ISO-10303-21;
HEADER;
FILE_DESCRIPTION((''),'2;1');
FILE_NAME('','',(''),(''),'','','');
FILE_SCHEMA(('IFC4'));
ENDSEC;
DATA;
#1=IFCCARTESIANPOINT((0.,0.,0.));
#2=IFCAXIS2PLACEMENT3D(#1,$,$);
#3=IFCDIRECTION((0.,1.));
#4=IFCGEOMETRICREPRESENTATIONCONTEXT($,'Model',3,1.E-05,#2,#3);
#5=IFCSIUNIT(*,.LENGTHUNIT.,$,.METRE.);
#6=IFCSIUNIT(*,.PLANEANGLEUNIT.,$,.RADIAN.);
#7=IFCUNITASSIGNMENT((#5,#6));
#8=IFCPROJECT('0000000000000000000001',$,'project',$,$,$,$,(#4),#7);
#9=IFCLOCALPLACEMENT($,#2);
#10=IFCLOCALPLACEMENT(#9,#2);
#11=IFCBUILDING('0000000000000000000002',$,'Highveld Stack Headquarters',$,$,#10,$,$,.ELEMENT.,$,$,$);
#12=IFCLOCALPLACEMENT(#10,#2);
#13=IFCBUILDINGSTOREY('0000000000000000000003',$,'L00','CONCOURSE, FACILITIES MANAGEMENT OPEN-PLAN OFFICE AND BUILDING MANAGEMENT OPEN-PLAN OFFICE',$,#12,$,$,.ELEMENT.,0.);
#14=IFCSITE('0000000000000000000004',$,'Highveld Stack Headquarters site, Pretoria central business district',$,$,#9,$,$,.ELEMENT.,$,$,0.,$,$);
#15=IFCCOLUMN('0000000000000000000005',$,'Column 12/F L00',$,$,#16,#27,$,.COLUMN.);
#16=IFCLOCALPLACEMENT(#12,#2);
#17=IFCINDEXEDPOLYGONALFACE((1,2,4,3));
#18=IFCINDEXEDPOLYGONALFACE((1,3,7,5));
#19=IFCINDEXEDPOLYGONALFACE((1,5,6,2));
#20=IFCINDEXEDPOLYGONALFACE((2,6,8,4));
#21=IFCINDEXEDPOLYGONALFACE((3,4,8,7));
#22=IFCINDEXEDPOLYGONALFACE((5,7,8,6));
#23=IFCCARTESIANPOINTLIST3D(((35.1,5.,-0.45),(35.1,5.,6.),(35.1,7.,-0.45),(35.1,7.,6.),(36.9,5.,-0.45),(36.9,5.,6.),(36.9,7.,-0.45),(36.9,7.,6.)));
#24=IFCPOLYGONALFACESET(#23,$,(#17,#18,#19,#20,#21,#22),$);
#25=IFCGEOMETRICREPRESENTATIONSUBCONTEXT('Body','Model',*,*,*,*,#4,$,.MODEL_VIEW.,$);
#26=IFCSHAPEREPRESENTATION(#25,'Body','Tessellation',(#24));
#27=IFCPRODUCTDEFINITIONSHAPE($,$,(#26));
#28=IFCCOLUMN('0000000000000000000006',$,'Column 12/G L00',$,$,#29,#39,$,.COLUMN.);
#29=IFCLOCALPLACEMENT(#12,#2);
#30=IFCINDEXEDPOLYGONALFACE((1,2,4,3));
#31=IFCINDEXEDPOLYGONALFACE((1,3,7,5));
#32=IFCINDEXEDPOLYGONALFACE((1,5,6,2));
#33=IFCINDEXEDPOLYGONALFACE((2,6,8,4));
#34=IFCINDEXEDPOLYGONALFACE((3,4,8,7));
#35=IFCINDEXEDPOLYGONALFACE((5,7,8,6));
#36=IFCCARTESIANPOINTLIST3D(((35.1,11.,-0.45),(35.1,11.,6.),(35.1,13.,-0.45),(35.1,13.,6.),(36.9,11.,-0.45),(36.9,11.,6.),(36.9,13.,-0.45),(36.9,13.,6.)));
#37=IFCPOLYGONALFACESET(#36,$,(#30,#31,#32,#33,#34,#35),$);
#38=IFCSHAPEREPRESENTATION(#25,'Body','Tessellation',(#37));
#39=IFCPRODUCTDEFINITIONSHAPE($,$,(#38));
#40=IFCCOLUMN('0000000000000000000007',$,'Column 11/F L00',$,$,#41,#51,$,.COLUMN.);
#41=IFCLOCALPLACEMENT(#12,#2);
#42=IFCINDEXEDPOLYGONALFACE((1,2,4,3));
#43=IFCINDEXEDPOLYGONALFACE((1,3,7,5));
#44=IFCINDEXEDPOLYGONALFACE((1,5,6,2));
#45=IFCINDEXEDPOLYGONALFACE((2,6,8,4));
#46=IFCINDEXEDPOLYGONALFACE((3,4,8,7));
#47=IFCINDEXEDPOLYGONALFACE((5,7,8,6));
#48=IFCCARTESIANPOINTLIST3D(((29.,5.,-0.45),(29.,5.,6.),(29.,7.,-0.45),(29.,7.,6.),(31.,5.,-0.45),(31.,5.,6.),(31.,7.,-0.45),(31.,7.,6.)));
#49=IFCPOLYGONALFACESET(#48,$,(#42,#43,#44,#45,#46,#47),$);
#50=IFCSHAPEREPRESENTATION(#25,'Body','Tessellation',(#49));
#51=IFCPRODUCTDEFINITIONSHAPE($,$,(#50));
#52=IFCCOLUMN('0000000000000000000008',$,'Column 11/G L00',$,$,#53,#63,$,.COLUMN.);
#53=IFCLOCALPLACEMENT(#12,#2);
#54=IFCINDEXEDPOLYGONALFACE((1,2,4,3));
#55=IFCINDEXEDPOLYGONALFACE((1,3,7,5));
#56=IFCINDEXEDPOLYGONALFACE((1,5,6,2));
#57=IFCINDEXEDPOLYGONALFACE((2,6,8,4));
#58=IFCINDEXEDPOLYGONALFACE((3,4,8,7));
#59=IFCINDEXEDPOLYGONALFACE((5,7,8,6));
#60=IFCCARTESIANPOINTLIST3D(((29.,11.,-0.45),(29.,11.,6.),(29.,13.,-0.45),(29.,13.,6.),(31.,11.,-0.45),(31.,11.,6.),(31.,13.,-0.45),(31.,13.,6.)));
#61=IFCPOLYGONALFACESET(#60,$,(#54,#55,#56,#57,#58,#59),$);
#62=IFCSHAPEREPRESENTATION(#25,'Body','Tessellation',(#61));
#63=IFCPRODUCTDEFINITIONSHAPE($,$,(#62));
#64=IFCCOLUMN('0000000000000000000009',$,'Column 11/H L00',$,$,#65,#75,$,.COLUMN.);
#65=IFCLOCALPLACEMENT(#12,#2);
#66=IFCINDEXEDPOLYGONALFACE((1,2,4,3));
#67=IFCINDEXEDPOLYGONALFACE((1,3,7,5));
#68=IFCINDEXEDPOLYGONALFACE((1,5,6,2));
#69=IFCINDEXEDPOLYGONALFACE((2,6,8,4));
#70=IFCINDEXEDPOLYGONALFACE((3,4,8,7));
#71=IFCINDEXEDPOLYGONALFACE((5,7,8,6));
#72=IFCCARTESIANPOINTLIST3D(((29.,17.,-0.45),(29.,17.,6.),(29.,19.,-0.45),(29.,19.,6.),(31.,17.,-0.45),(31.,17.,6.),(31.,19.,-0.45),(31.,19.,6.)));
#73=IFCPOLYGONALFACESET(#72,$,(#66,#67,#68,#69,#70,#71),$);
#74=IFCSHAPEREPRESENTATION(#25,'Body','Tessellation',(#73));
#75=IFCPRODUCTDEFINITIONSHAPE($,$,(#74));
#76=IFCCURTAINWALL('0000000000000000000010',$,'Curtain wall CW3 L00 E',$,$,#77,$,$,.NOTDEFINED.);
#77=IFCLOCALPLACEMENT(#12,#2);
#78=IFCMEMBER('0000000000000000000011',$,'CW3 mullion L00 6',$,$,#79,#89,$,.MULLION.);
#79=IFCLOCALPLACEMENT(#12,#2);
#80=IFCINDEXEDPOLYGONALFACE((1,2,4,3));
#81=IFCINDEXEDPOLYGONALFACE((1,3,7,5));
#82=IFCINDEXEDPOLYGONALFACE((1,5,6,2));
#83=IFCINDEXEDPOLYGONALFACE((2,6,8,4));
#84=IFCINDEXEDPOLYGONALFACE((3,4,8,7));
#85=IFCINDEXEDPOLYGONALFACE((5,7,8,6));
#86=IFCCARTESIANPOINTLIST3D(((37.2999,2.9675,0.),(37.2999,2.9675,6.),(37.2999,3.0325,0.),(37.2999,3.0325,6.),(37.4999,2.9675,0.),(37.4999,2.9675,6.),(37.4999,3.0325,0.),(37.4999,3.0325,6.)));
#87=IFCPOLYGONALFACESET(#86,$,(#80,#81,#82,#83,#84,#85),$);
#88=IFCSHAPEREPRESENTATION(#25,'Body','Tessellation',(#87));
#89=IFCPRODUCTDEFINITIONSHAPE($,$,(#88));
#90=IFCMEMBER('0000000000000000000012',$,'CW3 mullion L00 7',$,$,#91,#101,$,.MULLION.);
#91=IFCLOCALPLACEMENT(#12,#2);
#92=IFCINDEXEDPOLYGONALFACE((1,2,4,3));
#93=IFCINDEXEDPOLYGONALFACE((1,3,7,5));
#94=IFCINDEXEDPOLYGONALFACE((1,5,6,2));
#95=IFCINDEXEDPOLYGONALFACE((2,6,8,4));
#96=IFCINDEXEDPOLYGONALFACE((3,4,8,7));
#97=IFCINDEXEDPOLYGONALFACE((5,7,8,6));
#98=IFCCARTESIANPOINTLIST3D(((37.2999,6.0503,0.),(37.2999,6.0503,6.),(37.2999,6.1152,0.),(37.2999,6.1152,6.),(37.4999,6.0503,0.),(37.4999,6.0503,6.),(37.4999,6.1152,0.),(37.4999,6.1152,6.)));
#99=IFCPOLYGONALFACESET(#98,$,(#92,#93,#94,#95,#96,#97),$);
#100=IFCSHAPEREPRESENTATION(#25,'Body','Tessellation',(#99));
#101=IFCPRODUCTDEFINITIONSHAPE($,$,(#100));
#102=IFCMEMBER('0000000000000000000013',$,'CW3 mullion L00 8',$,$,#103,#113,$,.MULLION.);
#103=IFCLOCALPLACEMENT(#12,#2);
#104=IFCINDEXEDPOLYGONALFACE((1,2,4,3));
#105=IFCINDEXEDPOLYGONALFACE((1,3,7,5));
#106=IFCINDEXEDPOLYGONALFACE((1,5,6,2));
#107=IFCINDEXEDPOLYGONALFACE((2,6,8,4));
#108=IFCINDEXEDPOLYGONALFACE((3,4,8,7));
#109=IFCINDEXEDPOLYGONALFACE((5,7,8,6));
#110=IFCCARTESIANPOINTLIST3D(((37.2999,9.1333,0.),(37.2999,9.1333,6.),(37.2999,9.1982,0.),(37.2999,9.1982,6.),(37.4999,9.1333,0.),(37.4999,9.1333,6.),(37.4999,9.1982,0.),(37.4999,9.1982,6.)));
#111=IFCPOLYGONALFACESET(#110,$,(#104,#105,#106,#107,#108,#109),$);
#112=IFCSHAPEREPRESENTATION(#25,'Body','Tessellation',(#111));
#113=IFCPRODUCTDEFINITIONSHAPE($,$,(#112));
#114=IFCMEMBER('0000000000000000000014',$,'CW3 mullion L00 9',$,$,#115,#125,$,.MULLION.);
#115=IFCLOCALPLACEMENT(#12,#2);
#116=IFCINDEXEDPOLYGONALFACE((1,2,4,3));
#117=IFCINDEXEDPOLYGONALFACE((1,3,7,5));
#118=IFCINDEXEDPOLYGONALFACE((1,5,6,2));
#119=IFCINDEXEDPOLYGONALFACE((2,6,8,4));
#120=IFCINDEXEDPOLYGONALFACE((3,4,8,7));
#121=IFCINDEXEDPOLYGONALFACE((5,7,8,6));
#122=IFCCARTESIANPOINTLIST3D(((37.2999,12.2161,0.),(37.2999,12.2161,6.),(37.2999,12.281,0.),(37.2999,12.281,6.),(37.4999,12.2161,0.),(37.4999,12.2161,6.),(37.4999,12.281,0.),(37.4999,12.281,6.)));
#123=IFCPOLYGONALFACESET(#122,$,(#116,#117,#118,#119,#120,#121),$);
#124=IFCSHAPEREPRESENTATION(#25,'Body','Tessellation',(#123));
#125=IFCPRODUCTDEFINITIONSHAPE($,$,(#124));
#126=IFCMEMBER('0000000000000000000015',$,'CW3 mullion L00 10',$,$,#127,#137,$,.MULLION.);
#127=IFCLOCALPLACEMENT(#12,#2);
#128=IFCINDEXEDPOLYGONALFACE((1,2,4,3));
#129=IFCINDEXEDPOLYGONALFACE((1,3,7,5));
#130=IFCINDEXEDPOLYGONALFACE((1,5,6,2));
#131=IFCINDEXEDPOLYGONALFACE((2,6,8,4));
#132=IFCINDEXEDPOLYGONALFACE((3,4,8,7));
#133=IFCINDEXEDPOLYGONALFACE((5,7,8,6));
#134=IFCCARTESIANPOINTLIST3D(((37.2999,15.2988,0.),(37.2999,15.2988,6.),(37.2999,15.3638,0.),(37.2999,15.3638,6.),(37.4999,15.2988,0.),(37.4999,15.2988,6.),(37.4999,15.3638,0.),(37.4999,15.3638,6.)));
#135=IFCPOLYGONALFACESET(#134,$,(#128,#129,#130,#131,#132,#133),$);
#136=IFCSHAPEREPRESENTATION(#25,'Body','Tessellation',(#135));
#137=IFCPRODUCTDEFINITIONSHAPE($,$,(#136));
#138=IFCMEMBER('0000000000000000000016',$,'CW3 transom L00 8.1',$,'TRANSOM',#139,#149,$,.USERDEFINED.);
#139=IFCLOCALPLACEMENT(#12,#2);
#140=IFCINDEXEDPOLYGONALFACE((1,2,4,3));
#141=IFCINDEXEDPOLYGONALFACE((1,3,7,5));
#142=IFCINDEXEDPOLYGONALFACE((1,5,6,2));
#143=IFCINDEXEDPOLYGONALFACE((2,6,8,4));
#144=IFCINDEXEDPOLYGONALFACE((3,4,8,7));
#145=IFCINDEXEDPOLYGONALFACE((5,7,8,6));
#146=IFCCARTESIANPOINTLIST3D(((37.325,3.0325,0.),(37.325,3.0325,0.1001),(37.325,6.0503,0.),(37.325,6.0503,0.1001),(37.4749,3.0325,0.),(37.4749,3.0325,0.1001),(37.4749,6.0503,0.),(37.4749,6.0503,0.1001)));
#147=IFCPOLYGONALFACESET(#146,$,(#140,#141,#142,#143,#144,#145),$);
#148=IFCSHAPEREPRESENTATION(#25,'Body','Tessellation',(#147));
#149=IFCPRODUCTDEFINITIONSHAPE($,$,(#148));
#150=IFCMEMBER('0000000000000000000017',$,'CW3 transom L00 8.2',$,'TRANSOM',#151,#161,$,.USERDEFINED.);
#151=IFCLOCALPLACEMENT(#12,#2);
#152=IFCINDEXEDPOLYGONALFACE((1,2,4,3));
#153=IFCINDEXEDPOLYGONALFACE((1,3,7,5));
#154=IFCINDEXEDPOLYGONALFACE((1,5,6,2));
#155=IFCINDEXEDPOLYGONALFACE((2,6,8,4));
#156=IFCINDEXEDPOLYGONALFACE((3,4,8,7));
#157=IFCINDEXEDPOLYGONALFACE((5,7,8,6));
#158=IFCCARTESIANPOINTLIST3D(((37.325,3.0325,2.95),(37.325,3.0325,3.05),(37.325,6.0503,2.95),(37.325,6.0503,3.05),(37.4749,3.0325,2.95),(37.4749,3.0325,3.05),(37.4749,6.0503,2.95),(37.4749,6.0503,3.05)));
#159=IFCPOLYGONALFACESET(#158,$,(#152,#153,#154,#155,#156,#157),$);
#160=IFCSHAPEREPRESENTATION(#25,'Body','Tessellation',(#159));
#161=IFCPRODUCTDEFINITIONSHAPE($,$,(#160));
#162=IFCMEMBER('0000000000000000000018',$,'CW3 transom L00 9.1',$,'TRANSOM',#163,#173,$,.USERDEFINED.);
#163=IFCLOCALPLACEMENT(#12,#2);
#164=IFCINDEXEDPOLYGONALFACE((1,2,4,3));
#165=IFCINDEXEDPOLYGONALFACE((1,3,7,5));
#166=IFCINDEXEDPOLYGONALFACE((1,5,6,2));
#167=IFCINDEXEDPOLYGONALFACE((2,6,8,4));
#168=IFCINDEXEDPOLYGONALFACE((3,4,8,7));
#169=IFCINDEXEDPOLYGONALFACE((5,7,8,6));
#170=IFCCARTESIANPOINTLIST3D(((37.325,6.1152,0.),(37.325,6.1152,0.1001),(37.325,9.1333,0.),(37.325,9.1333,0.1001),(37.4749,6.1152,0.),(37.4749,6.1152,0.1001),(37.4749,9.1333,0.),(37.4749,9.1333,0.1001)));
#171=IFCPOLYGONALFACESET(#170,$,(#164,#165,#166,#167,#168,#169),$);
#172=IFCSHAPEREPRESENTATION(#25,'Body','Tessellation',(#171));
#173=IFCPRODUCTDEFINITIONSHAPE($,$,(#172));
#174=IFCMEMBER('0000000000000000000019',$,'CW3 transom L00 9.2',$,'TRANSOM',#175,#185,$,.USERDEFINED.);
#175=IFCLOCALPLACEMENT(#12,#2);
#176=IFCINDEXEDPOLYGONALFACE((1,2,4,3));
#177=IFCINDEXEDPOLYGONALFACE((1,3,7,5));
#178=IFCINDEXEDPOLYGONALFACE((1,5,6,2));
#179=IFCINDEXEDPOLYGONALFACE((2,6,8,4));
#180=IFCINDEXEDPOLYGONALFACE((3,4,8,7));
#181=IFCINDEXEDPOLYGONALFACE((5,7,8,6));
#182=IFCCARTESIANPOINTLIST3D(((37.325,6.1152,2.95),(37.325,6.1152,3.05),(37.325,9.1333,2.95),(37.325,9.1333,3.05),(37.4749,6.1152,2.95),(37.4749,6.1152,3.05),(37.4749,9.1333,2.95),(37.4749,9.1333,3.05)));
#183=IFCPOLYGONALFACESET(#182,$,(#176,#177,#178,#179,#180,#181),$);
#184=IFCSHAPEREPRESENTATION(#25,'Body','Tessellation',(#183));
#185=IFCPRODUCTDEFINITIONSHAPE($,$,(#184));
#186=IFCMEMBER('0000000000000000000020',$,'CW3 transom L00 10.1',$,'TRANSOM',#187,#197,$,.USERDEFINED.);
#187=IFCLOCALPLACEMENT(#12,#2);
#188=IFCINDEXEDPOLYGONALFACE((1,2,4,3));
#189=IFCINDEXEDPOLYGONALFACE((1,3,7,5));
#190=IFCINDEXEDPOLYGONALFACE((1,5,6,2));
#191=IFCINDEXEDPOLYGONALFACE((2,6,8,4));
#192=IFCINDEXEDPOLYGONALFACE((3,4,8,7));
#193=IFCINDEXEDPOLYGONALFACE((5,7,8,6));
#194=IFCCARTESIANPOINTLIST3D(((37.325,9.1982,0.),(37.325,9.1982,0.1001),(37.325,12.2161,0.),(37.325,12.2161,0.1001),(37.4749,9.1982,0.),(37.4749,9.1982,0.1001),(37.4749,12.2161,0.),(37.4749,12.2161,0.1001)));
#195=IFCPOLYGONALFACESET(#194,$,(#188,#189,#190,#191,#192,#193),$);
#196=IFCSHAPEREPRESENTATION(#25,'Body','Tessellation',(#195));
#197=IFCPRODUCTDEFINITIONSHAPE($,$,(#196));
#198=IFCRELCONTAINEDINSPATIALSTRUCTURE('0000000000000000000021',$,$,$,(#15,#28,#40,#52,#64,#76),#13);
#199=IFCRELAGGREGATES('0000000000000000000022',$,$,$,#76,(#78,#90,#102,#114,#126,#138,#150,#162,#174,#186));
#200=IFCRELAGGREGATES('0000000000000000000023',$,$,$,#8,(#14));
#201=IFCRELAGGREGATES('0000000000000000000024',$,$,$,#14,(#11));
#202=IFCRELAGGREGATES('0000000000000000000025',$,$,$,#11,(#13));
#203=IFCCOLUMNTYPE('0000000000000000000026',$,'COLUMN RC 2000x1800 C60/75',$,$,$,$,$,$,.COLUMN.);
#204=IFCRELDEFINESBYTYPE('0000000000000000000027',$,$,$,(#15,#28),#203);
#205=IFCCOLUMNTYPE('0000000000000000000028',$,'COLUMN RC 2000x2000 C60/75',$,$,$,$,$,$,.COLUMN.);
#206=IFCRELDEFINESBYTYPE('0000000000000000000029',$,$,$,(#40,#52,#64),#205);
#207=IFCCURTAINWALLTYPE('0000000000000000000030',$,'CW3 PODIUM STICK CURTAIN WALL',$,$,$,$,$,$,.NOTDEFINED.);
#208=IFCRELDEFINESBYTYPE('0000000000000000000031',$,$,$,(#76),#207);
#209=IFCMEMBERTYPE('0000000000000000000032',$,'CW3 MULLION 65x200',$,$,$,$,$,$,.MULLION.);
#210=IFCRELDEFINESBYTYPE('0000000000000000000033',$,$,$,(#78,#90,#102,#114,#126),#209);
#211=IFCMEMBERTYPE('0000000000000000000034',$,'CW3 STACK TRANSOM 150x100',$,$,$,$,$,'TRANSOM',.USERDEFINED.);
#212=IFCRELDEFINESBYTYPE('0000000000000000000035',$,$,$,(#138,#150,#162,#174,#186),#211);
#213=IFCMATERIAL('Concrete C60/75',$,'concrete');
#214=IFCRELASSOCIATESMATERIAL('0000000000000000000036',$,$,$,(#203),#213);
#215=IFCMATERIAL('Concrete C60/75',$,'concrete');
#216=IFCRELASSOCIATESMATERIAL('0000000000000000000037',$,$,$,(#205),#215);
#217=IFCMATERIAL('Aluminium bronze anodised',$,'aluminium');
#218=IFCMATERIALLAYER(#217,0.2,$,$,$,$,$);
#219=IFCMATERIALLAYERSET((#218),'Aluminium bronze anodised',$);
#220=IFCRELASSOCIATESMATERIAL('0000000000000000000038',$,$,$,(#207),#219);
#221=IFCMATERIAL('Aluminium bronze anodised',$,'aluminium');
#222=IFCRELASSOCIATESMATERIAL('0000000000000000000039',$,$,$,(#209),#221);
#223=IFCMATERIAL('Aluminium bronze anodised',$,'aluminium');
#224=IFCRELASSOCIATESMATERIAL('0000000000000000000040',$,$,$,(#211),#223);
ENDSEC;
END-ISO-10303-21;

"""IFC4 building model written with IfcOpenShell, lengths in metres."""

from ifc_helpers import new_model, si_unit, direction, frame, origin, origin_2d, place, context, subcontext, project, spatial, rectangle, extrude, material, layer, layer_set, material_profile, profile_set, type_object, element, aggregate, save


model = new_model("IFC4")

# Units and contexts
model_context = context("Model", 3, precision=1e-05, world=origin(), true_north=direction((0.0, 1.0)))
body_context = subcontext(model_context, "Body", "Model", "MODEL_VIEW")
ifc_project = project(units=[si_unit("LENGTHUNIT", "METRE"), si_unit("PLANEANGLEUNIT", "RADIAN")], contexts=[model_context])

# Site, building, storey
site_placement = place(None, origin())
site = spatial("IfcSite", under=ifc_project, at=site_placement, Name="Highveld Stack Headquarters site, Pretoria central business district", CompositionType="ELEMENT", RefElevation=0.0)
building_placement = place(site_placement, origin())
building = spatial("IfcBuilding", under=site, at=building_placement, Name="Highveld Stack Headquarters", CompositionType="ELEMENT")
storey_placement = place(building_placement, origin())
storey = spatial("IfcBuildingStorey", under=building, at=storey_placement, Name="L00", Description="CONCOURSE, FACILITIES MANAGEMENT OPEN-PLAN OFFICE AND BUILDING MANAGEMENT OPEN-PLAN OFFICE", CompositionType="ELEMENT", Elevation=0.0)

# Columns
ifc_material_1 = material(Name="Concrete C60/75", Category="concrete")
ifc_material_profile_1 = material_profile(ifc_material_1, rectangle(XDim=2.0, YDim=1.8, at=origin_2d()), Name="RC 2000x1800")
ifc_profile_set_1 = profile_set([ifc_material_profile_1], Name="Concrete C60/75")
column_type_1 = type_object("IfcColumnType", Name="COLUMN RC 2000x1800 C60/75", PredefinedType="COLUMN", material=ifc_profile_set_1)
for number, where, z_axis, x_axis, name in (
    (1, (36.0, 6.0, -0.45), (0.0, 0.0, 1.0), (0.0, 1.0, 0.0), "Column 12/F L00"),
    (2, (36.0, 12.0, -0.45), (0.0, 0.0, 1.0), (0.0, 1.0, 0.0), "Column 12/G L00"),
):
    element("IfcColumn", number, at=place(storey_placement, frame(where, z_axis=z_axis, x_axis=x_axis)), inside=storey, type_object=column_type_1, Name=name, PredefinedType="COLUMN", context=body_context, shape_type="SweptSolid", body=[
        extrude(rectangle(XDim=2.0, YDim=1.8, at=origin_2d()), origin(), (0.0, 0.0, 1.0), 6.45),
    ])
ifc_material_2 = material(Name="Concrete C60/75", Category="concrete")
ifc_material_profile_2 = material_profile(ifc_material_2, rectangle(XDim=2.0, YDim=2.0, at=origin_2d()), Name="RC 2000x2000")
ifc_profile_set_2 = profile_set([ifc_material_profile_2], Name="Concrete C60/75")
column_type_2 = type_object("IfcColumnType", Name="COLUMN RC 2000x2000 C60/75", PredefinedType="COLUMN", material=ifc_profile_set_2)
for number, where, z_axis, x_axis, name in (
    (3, (30.0, 6.0, -0.45), (0.0, 0.0, 1.0), (1.0, 0.0, 0.0), "Column 11/F L00"),
    (4, (30.0, 12.0, -0.45), (0.0, 0.0, 1.0), (1.0, 0.0, 0.0), "Column 11/G L00"),
    (5, (30.0, 18.0, -0.45), (0.0, 0.0, 1.0), (1.0, 0.0, 0.0), "Column 11/H L00"),
):
    element("IfcColumn", number, at=place(storey_placement, frame(where, z_axis=z_axis, x_axis=x_axis)), inside=storey, type_object=column_type_2, Name=name, PredefinedType="COLUMN", context=body_context, shape_type="SweptSolid", body=[
        extrude(rectangle(XDim=2.0, YDim=2.0, at=origin_2d()), origin(), (0.0, 0.0, 1.0), 6.45),
    ])

# Curtain wall, members
ifc_material_3 = material(Name="Aluminium bronze anodised", Category="aluminium")
ifc_layer_1 = layer(ifc_material_3, 0.2)
ifc_layer_set_1 = layer_set([ifc_layer_1], Name="Aluminium bronze anodised")
curtain_wall_type = type_object("IfcCurtainWallType", Name="CW3 PODIUM STICK CURTAIN WALL", PredefinedType="NOTDEFINED", material=ifc_layer_set_1)
curtain_wall_placement = place(storey_placement, origin())
curtain_wall = element("IfcCurtainWall", 6, at=curtain_wall_placement, inside=storey, type_object=curtain_wall_type, Name="Curtain wall CW3 L00 E", PredefinedType="NOTDEFINED")
ifc_material_4 = material(Name="Aluminium bronze anodised", Category="aluminium")
ifc_material_profile_3 = material_profile(ifc_material_4, rectangle(XDim=0.2, YDim=0.0649, at=origin_2d()), Name="CW3 MULLION 65x200")
ifc_profile_set_3 = profile_set([ifc_material_profile_3], Name="Aluminium bronze anodised")
member_type_1 = type_object("IfcMemberType", Name="CW3 MULLION 65x200", PredefinedType="MULLION", material=ifc_profile_set_3)
member_1_placement = place(storey_placement, frame((37.3999, 3.0, 0.0), z_axis=(0.0, 0.0, 1.0), x_axis=(-1.0, 0.0, 0.0)))
member_1 = element("IfcMember", 7, at=member_1_placement, type_object=member_type_1, Name="CW3 mullion L00 6", PredefinedType="MULLION", context=body_context, shape_type="SweptSolid", body=[
    extrude(rectangle(XDim=0.2, YDim=0.0649, at=origin_2d()), origin(), (0.0, 0.0, 1.0), 6.0),
])
member_2_placement = place(storey_placement, frame((37.3999, 6.0828, 0.0), z_axis=(0.0, 0.0, 1.0), x_axis=(-1.0, 0.0, 0.0)))
member_2 = element("IfcMember", 8, at=member_2_placement, type_object=member_type_1, Name="CW3 mullion L00 7", PredefinedType="MULLION", context=body_context, shape_type="SweptSolid", body=[
    extrude(rectangle(XDim=0.2, YDim=0.0649, at=origin_2d()), origin(), (0.0, 0.0, 1.0), 6.0),
])
member_3_placement = place(storey_placement, frame((37.3999, 9.1658, 0.0), z_axis=(0.0, 0.0, 1.0), x_axis=(-1.0, 0.0, 0.0)))
member_3 = element("IfcMember", 9, at=member_3_placement, type_object=member_type_1, Name="CW3 mullion L00 8", PredefinedType="MULLION", context=body_context, shape_type="SweptSolid", body=[
    extrude(rectangle(XDim=0.2, YDim=0.0649, at=origin_2d()), origin(), (0.0, 0.0, 1.0), 6.0),
])
member_4_placement = place(storey_placement, frame((37.3999, 12.2485, 0.0), z_axis=(0.0, 0.0, 1.0), x_axis=(-1.0, 0.0, 0.0)))
member_4 = element("IfcMember", 10, at=member_4_placement, type_object=member_type_1, Name="CW3 mullion L00 9", PredefinedType="MULLION", context=body_context, shape_type="SweptSolid", body=[
    extrude(rectangle(XDim=0.2, YDim=0.0649, at=origin_2d()), origin(), (0.0, 0.0, 1.0), 6.0),
])
member_5_placement = place(storey_placement, frame((37.3999, 15.3313, 0.0), z_axis=(0.0, 0.0, 1.0), x_axis=(-1.0, 0.0, 0.0)))
member_5 = element("IfcMember", 11, at=member_5_placement, type_object=member_type_1, Name="CW3 mullion L00 10", PredefinedType="MULLION", context=body_context, shape_type="SweptSolid", body=[
    extrude(rectangle(XDim=0.2, YDim=0.0649, at=origin_2d()), origin(), (0.0, 0.0, 1.0), 6.0),
])
ifc_material_5 = material(Name="Aluminium bronze anodised", Category="aluminium")
ifc_material_profile_4 = material_profile(ifc_material_5, rectangle(XDim=0.1499, YDim=0.1001, at=origin_2d()), Name="CW3 TRANSOM 150x100")
ifc_profile_set_4 = profile_set([ifc_material_profile_4], Name="Aluminium bronze anodised")
member_type_2 = type_object("IfcMemberType", Name="CW3 STACK TRANSOM 150x100", ElementType="TRANSOM", PredefinedType="USERDEFINED", material=ifc_profile_set_4)
member_6_placement = place(storey_placement, frame((37.3999, 3.0325, 0.05), z_axis=(0.0, 1.0, 0.0), x_axis=(-1.0, 0.0, 0.0)))
member_6 = element("IfcMember", 12, at=member_6_placement, type_object=member_type_2, Name="CW3 transom L00 8.1", ObjectType="TRANSOM", PredefinedType="USERDEFINED", context=body_context, shape_type="SweptSolid", body=[
    extrude(rectangle(XDim=0.1499, YDim=0.1001, at=origin_2d()), origin(), (0.0, 0.0, 1.0), 3.0178),
])
member_7_placement = place(storey_placement, frame((37.3999, 3.0325, 3.0), z_axis=(0.0, 1.0, 0.0), x_axis=(-1.0, 0.0, 0.0)))
member_7 = element("IfcMember", 13, at=member_7_placement, type_object=member_type_2, Name="CW3 transom L00 8.2", ObjectType="TRANSOM", PredefinedType="USERDEFINED", context=body_context, shape_type="SweptSolid", body=[
    extrude(rectangle(XDim=0.1499, YDim=0.1001, at=origin_2d()), origin(), (0.0, 0.0, 1.0), 3.0178),
])
member_8_placement = place(storey_placement, frame((37.3999, 6.1152, 0.05), z_axis=(0.0, 1.0, 0.0), x_axis=(-1.0, 0.0, 0.0)))
member_8 = element("IfcMember", 14, at=member_8_placement, type_object=member_type_2, Name="CW3 transom L00 9.1", ObjectType="TRANSOM", PredefinedType="USERDEFINED", context=body_context, shape_type="SweptSolid", body=[
    extrude(rectangle(XDim=0.1499, YDim=0.1001, at=origin_2d()), origin(), (0.0, 0.0, 1.0), 3.0181),
])
member_9_placement = place(storey_placement, frame((37.3999, 6.1152, 3.0), z_axis=(0.0, 1.0, 0.0), x_axis=(-1.0, 0.0, 0.0)))
member_9 = element("IfcMember", 15, at=member_9_placement, type_object=member_type_2, Name="CW3 transom L00 9.2", ObjectType="TRANSOM", PredefinedType="USERDEFINED", context=body_context, shape_type="SweptSolid", body=[
    extrude(rectangle(XDim=0.1499, YDim=0.1001, at=origin_2d()), origin(), (0.0, 0.0, 1.0), 3.0181),
])
member_10_placement = place(storey_placement, frame((37.3999, 9.1982, 0.05), z_axis=(0.0, 1.0, 0.0), x_axis=(-1.0, 0.0, 0.0)))
member_10 = element("IfcMember", 16, at=member_10_placement, type_object=member_type_2, Name="CW3 transom L00 10.1", ObjectType="TRANSOM", PredefinedType="USERDEFINED", context=body_context, shape_type="SweptSolid", body=[
    extrude(rectangle(XDim=0.1499, YDim=0.1001, at=origin_2d()), origin(), (0.0, 0.0, 1.0), 3.0178),
])
aggregate(curtain_wall, [member_1, member_2, member_3, member_4, member_5, member_6, member_7, member_8, member_9, member_10])

save(model, "model.ifc")
